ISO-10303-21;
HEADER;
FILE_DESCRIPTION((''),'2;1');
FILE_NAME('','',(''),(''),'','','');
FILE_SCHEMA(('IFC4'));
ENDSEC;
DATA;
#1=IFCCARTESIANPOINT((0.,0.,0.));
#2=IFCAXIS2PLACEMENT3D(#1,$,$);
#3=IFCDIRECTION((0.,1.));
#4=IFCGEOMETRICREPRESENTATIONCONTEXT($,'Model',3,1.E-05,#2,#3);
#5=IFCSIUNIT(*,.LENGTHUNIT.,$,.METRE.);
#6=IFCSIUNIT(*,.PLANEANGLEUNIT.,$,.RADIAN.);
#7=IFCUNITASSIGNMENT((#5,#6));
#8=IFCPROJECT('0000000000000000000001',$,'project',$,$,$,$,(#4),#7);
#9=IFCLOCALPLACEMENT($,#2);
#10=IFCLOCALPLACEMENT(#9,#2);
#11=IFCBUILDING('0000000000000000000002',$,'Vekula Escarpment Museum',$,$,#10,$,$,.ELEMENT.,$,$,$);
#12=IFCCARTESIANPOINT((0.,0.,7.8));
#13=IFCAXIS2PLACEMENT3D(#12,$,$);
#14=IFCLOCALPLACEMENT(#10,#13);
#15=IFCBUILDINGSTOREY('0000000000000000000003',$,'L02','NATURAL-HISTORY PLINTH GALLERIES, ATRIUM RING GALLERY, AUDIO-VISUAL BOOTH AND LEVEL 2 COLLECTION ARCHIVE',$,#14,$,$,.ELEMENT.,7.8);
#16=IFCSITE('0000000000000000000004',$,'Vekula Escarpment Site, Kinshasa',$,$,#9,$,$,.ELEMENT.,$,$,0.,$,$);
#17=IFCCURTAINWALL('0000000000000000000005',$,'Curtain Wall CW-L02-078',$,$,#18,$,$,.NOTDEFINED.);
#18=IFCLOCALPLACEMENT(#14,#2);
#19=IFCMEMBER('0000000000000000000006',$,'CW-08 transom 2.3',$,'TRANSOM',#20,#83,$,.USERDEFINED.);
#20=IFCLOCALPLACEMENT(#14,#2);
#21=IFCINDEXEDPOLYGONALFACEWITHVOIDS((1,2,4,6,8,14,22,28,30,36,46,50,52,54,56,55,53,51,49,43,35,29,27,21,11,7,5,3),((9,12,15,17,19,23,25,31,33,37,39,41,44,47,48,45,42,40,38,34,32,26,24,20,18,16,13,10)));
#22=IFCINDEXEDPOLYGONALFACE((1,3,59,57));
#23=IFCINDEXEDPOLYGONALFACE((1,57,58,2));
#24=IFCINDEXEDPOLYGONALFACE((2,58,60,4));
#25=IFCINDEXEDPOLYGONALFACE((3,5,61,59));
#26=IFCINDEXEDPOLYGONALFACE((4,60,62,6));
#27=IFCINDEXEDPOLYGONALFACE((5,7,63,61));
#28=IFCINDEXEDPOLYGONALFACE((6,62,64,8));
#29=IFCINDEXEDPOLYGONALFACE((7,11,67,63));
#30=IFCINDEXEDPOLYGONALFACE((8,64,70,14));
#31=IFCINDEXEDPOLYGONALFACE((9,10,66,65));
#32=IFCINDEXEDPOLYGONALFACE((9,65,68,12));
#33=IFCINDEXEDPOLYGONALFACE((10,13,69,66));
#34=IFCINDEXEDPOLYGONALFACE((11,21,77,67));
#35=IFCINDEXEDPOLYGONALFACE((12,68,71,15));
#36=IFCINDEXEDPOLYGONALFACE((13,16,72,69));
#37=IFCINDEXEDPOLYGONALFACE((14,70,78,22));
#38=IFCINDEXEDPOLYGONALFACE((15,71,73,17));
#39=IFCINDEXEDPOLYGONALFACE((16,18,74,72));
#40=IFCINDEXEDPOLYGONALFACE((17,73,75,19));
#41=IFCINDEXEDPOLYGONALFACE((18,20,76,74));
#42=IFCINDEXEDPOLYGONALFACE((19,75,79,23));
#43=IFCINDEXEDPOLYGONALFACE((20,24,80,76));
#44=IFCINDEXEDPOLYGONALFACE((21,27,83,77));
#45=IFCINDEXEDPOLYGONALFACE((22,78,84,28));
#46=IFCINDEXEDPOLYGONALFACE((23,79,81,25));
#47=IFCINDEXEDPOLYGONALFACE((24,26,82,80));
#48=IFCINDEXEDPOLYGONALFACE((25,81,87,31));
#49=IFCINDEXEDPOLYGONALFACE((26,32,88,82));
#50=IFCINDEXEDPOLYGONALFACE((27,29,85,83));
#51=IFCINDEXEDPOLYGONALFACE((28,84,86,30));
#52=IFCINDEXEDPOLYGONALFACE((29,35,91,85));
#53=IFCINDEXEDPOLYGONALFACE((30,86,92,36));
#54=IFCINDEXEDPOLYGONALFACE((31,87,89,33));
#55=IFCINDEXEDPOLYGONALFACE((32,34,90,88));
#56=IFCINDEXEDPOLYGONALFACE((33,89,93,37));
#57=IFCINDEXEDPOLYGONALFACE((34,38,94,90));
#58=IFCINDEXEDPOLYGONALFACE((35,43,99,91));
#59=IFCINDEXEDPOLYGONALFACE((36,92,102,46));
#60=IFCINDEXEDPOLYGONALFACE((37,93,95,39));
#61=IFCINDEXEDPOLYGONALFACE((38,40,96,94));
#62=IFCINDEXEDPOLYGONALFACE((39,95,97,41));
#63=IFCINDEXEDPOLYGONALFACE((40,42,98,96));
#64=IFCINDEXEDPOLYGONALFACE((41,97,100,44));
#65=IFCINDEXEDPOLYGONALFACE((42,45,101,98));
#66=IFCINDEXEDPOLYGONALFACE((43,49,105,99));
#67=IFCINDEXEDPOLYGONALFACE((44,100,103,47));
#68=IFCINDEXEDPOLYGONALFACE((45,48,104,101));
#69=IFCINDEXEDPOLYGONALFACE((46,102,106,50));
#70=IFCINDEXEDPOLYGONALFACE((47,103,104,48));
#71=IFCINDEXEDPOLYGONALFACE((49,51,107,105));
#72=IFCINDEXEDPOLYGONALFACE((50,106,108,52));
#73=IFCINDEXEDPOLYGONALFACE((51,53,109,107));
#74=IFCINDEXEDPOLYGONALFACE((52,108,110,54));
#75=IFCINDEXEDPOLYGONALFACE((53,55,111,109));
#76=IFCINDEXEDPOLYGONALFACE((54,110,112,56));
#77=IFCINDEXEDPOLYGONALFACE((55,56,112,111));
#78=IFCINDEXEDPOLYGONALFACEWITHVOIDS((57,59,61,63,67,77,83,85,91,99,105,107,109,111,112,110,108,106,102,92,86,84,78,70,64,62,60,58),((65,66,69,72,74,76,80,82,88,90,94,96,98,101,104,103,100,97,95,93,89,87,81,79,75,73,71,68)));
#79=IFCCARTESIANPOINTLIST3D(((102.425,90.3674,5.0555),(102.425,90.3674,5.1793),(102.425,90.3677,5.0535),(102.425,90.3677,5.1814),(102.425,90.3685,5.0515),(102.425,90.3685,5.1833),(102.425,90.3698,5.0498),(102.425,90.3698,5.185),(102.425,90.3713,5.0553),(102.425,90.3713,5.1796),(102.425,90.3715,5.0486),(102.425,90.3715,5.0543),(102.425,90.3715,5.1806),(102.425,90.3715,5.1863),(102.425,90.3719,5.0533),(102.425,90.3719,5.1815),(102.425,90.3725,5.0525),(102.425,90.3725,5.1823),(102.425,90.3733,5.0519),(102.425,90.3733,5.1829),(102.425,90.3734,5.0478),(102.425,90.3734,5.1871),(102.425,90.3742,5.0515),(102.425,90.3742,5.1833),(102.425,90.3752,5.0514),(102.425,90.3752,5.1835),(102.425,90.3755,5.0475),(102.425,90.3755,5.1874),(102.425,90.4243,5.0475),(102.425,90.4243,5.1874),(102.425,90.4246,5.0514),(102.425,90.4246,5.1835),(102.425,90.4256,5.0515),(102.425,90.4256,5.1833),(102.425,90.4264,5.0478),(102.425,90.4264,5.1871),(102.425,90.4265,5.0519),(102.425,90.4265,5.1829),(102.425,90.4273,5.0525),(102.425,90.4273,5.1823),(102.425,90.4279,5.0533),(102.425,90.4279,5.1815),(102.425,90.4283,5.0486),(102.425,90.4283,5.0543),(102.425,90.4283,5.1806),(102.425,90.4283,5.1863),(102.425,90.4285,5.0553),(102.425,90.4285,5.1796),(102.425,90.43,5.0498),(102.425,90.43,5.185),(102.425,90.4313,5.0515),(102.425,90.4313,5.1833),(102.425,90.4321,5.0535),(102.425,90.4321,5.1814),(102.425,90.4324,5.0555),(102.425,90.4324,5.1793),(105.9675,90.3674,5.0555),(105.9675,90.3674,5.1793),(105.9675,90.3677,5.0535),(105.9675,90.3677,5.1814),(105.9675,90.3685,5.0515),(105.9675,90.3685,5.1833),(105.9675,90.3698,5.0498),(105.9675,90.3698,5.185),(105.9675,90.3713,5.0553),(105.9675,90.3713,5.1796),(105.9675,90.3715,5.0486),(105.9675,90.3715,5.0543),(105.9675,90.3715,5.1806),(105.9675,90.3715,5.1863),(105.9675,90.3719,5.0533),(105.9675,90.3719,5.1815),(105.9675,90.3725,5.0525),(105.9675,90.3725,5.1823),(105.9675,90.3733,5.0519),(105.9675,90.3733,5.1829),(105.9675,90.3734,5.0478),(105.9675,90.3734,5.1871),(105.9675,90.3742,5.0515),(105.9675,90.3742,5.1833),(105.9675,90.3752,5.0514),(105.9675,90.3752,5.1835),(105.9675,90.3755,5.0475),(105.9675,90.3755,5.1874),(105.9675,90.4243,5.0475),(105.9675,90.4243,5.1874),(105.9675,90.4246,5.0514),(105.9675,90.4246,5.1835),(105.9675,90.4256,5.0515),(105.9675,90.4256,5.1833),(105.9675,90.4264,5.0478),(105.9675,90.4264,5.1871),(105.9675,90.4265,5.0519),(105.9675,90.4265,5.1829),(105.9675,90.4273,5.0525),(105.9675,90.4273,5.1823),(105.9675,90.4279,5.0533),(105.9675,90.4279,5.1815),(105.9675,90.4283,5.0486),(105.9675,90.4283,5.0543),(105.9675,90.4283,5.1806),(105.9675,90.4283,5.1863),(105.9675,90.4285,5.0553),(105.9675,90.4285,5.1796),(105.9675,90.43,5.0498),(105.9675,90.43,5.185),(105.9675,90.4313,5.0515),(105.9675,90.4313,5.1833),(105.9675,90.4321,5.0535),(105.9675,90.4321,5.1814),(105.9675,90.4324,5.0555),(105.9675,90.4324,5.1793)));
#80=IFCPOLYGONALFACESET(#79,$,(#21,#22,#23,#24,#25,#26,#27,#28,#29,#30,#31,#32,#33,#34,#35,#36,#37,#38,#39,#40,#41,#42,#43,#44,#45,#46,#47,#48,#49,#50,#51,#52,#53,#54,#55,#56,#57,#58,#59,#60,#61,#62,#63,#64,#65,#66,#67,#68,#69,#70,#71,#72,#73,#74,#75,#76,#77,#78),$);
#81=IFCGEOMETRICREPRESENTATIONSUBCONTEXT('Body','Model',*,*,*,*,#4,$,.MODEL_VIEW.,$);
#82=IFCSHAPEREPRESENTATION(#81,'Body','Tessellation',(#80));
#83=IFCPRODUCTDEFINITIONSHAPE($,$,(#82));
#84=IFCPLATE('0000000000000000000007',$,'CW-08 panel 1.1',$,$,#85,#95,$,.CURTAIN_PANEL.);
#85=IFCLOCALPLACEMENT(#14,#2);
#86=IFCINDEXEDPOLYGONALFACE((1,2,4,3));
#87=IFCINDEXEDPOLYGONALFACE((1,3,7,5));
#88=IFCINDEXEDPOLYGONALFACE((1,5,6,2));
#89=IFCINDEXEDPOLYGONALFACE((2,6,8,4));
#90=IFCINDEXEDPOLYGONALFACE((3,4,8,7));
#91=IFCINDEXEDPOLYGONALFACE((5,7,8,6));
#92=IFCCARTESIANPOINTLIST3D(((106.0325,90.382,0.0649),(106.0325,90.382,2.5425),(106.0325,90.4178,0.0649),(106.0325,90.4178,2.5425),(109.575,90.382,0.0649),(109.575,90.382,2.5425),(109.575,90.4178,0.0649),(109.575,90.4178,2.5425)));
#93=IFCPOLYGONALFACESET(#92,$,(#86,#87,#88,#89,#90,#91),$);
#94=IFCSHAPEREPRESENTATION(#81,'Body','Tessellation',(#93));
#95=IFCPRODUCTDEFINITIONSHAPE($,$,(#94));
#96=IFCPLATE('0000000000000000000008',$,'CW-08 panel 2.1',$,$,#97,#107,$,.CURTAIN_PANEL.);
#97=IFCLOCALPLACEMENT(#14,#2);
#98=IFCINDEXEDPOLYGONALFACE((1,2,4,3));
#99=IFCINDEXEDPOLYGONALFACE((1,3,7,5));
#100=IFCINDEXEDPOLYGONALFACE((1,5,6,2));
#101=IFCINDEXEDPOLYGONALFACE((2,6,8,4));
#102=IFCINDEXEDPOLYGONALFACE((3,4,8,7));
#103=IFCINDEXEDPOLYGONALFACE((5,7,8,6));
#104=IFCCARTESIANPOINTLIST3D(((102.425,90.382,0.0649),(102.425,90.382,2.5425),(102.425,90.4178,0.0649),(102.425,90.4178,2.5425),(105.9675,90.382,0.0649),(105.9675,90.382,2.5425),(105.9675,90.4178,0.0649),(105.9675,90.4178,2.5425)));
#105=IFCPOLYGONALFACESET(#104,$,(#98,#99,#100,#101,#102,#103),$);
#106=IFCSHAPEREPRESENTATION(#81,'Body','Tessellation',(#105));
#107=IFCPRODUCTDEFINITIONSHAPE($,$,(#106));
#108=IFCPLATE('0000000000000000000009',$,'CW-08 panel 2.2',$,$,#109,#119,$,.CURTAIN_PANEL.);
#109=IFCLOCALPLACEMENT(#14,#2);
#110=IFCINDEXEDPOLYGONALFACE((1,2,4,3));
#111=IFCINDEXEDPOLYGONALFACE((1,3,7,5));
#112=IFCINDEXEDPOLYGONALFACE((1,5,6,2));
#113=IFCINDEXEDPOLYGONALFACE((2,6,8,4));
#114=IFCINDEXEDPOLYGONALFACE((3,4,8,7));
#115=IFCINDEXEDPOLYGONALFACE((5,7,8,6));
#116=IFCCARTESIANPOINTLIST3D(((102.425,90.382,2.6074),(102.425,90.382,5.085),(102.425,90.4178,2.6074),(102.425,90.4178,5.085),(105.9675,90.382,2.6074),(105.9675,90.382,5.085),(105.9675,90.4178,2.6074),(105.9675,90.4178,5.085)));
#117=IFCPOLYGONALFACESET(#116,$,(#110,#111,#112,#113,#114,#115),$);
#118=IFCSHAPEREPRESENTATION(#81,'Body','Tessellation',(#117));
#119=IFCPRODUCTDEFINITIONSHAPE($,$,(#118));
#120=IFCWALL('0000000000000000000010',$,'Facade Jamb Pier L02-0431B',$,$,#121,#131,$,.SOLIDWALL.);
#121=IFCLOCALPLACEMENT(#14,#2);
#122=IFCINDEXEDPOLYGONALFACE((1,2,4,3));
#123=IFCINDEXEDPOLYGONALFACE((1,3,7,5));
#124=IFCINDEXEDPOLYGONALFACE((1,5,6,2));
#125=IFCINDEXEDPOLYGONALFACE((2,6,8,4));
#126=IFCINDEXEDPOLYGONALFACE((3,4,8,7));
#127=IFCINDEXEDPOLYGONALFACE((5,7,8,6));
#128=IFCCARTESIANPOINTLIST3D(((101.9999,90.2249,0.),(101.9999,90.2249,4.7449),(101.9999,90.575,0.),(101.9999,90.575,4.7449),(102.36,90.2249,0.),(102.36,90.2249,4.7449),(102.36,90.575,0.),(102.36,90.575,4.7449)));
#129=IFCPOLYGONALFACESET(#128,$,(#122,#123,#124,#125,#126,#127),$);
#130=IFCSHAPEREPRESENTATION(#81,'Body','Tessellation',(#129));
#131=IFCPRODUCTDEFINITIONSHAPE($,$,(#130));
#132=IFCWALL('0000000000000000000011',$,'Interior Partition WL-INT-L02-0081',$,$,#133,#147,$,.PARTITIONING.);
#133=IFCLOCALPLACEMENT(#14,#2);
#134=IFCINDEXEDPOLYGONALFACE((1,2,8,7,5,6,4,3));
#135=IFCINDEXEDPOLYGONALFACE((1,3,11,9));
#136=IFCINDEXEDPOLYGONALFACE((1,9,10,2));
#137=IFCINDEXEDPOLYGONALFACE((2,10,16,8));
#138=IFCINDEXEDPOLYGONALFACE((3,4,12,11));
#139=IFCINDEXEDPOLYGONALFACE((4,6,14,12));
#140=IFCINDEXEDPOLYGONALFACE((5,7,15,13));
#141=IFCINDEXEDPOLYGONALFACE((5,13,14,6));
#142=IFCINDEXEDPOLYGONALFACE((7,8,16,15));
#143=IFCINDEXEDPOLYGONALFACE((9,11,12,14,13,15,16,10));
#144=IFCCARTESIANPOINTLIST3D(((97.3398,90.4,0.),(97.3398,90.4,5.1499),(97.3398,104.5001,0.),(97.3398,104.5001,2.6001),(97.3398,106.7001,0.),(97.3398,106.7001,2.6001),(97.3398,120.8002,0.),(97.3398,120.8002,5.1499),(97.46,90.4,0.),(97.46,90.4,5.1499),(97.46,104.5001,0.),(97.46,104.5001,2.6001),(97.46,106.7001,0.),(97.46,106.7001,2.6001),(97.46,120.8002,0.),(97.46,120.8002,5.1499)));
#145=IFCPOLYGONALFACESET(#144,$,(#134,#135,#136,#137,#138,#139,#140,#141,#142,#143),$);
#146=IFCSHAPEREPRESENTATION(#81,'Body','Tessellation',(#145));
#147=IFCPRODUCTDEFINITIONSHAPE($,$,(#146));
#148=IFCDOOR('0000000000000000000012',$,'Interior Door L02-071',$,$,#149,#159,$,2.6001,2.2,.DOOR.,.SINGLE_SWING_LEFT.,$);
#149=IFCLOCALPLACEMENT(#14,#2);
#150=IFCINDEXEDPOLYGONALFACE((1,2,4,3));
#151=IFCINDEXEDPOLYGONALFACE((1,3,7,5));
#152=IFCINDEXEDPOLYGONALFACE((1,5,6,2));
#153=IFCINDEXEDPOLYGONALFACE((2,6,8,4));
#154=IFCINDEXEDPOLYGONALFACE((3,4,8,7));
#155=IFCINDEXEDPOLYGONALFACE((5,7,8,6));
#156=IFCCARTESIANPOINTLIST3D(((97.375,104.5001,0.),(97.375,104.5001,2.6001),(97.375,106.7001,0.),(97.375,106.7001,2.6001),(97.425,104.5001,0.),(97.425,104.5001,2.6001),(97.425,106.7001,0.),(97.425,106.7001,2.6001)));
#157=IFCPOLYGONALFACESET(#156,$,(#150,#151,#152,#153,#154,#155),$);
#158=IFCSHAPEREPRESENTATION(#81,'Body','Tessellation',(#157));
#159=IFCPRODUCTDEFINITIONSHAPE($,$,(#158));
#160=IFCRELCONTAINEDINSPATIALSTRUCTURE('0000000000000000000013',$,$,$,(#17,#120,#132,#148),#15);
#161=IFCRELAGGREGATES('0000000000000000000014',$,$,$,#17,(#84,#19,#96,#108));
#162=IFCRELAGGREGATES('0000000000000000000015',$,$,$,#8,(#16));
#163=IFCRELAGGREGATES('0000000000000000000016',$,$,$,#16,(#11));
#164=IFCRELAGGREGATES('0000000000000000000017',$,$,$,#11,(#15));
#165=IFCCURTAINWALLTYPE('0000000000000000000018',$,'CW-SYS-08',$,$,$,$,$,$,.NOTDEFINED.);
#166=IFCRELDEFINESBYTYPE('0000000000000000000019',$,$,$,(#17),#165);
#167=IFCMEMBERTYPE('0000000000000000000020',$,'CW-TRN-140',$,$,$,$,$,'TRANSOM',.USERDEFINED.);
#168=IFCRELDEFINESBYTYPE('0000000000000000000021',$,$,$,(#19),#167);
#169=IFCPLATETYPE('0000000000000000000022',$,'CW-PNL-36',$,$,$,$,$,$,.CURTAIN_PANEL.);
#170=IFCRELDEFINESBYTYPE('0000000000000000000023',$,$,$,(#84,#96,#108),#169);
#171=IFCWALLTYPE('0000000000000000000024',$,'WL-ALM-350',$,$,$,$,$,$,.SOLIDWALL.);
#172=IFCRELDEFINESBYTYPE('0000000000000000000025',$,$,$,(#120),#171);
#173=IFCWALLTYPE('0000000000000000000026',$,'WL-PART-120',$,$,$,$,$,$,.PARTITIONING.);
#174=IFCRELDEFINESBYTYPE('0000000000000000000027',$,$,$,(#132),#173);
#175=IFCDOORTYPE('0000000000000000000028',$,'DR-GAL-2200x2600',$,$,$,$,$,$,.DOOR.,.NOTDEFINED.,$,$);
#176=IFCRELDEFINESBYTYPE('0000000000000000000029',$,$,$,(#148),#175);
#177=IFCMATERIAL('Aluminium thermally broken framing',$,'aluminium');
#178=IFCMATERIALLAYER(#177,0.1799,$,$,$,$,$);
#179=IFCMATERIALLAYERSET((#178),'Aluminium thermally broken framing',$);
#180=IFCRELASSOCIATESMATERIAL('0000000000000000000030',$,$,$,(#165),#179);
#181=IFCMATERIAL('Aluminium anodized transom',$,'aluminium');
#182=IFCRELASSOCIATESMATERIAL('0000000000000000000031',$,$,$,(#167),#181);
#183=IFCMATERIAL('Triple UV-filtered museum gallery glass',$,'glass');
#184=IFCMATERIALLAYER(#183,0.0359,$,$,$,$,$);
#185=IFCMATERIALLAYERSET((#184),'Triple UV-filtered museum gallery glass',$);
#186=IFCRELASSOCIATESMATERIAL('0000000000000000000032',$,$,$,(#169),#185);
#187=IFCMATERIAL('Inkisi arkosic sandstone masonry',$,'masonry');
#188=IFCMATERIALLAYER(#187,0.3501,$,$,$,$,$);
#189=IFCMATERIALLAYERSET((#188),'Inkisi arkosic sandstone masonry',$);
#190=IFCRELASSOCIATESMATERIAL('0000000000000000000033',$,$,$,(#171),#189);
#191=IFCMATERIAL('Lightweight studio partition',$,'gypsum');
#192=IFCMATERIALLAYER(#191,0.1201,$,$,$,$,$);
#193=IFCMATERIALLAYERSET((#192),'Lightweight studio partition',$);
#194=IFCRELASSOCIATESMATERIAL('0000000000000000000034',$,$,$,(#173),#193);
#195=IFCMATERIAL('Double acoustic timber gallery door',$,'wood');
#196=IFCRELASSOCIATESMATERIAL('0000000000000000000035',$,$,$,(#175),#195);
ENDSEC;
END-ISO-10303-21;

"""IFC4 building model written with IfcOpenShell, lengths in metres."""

from ifc_helpers import new_model, si_unit, direction, frame, frame_2d, origin, origin_2d, place, context, subcontext, project, spatial, rectangle, hollow_rectangle, extrude, material, layer, layer_set, material_profile, profile_set, type_object, element, fill, aggregate, save


model = new_model("IFC4")

# Units and contexts
model_context = context("Model", 3, precision=1e-05, world=origin(), true_north=direction((0.0, 1.0)))
body_context = subcontext(model_context, "Body", "Model", "MODEL_VIEW")
ifc_project = project(units=[si_unit("LENGTHUNIT", "METRE"), si_unit("PLANEANGLEUNIT", "RADIAN")], contexts=[model_context])

# Site, building, storey
site_placement = place(None, origin())
site = spatial("IfcSite", under=ifc_project, at=site_placement, Name="Vekula Escarpment Site, Kinshasa", CompositionType="ELEMENT", RefElevation=0.0)
building_placement = place(site_placement, origin())
building = spatial("IfcBuilding", under=site, at=building_placement, Name="Vekula Escarpment Museum", CompositionType="ELEMENT")
storey_placement = place(building_placement, frame((0.0, 0.0, 7.8)))
storey = spatial("IfcBuildingStorey", under=building, at=storey_placement, Name="L02", Description="NATURAL-HISTORY PLINTH GALLERIES, ATRIUM RING GALLERY, AUDIO-VISUAL BOOTH AND LEVEL 2 COLLECTION ARCHIVE", CompositionType="ELEMENT", Elevation=7.8)

# Curtain wall, member, plates
ifc_material_1 = material(Name="Aluminium thermally broken framing", Category="aluminium")
ifc_layer_1 = layer(ifc_material_1, 0.1799)
ifc_layer_set_1 = layer_set([ifc_layer_1], Name="Aluminium thermally broken framing")
curtain_wall_type = type_object("IfcCurtainWallType", Name="CW-SYS-08", PredefinedType="NOTDEFINED", material=ifc_layer_set_1)
curtain_wall_placement = place(storey_placement, origin())
curtain_wall = element("IfcCurtainWall", 1, at=curtain_wall_placement, inside=storey, type_object=curtain_wall_type, Name="Curtain Wall CW-L02-078", PredefinedType="NOTDEFINED")
ifc_material_2 = material(Name="Aluminium anodized transom", Category="aluminium")
ifc_material_profile_1 = material_profile(ifc_material_2, hollow_rectangle(XDim=0.0649, YDim=0.1399, WallThickness=0.0039, InnerFilletRadius=0.0039, OuterFilletRadius=0.0081, at=origin_2d()), Name="ALU 140x65x4")
ifc_profile_set_1 = profile_set([ifc_material_profile_1], Name="Aluminium anodized transom")
member_type_1 = type_object("IfcMemberType", Name="CW-TRN-140", ElementType="TRANSOM", PredefinedType="USERDEFINED", material=ifc_profile_set_1)
member_1_placement = place(storey_placement, frame((105.9675, 90.3999, 5.1174), z_axis=(-1.0, 0.0, 0.0), x_axis=(0.0, -1.0, 0.0)))
member_1 = element("IfcMember", 2, at=member_1_placement, type_object=member_type_1, Name="CW-08 transom 2.3", ObjectType="TRANSOM", PredefinedType="USERDEFINED", context=body_context, shape_type="SweptSolid", body=[
    extrude(hollow_rectangle(XDim=0.0649, YDim=0.1399, WallThickness=0.0039, InnerFilletRadius=0.0039, OuterFilletRadius=0.0081, at=origin_2d()), origin(), (0.0, 0.0, 1.0), 3.5425),
])
ifc_material_3 = material(Name="Triple UV-filtered museum gallery glass", Category="glass")
ifc_layer_2 = layer(ifc_material_3, 0.0359)
ifc_layer_set_2 = layer_set([ifc_layer_2], Name="Triple UV-filtered museum gallery glass")
plate_type = type_object("IfcPlateType", Name="CW-PNL-36", PredefinedType="CURTAIN_PANEL", material=ifc_layer_set_2)
plate_1_placement = place(storey_placement, frame((107.8037, 90.3999, 0.0649), z_axis=(0.0, 0.0, 1.0), x_axis=(-1.0, 0.0, 0.0)))
plate_1 = element("IfcPlate", 3, at=plate_1_placement, type_object=plate_type, Name="CW-08 panel 1.1", PredefinedType="CURTAIN_PANEL", context=body_context, shape_type="SweptSolid", body=[
    extrude(rectangle(XDim=3.5425, YDim=0.0359, at=origin_2d()), origin(), (0.0, 0.0, 1.0), 2.4775),
])
plate_2_placement = place(storey_placement, frame((104.1963, 90.3999, 0.0649), z_axis=(0.0, 0.0, 1.0), x_axis=(-1.0, 0.0, 0.0)))
plate_2 = element("IfcPlate", 4, at=plate_2_placement, type_object=plate_type, Name="CW-08 panel 2.1", PredefinedType="CURTAIN_PANEL", context=body_context, shape_type="SweptSolid", body=[
    extrude(rectangle(XDim=3.5425, YDim=0.0359, at=origin_2d()), origin(), (0.0, 0.0, 1.0), 2.4775),
])
plate_3_placement = place(storey_placement, frame((104.1963, 90.3999, 2.6074), z_axis=(0.0, 0.0, 1.0), x_axis=(-1.0, 0.0, 0.0)))
plate_3 = element("IfcPlate", 5, at=plate_3_placement, type_object=plate_type, Name="CW-08 panel 2.2", PredefinedType="CURTAIN_PANEL", context=body_context, shape_type="SweptSolid", body=[
    extrude(rectangle(XDim=3.5425, YDim=0.0359, at=origin_2d()), origin(), (0.0, 0.0, 1.0), 2.4775),
])
aggregate(curtain_wall, [plate_1, member_1, plate_2, plate_3])

# Wall
ifc_material_4 = material(Name="Inkisi arkosic sandstone masonry", Category="masonry")
ifc_layer_3 = layer(ifc_material_4, 0.3501)
ifc_layer_set_3 = layer_set([ifc_layer_3], Name="Inkisi arkosic sandstone masonry")
wall_type_1 = type_object("IfcWallType", Name="WL-ALM-350", PredefinedType="SOLIDWALL", material=ifc_layer_set_3)
wall_1_placement = place(storey_placement, frame((102.3601, 90.3999, 0.0), z_axis=(0.0, 0.0, 1.0), x_axis=(-1.0, 0.0, 0.0)))
element("IfcWall", 6, at=wall_1_placement, inside=storey, type_object=wall_type_1, Name="Facade Jamb Pier L02-0431B", PredefinedType="SOLIDWALL", context=body_context, shape_type="SweptSolid", body=[
    extrude(rectangle(XDim=0.3601, YDim=0.3501, at=frame_2d((0.1802, 0.0))), origin(), (0.0, 0.0, 1.0), 4.7449),
])

# Wall, opening, door
ifc_material_5 = material(Name="Lightweight studio partition", Category="gypsum")
ifc_layer_4 = layer(ifc_material_5, 0.1201)
ifc_layer_set_4 = layer_set([ifc_layer_4], Name="Lightweight studio partition")
wall_type_2 = type_object("IfcWallType", Name="WL-PART-120", PredefinedType="PARTITIONING", material=ifc_layer_set_4)
wall_2_placement = place(storey_placement, frame((97.3999, 90.3999, 0.0), z_axis=(0.0, 0.0, 1.0), x_axis=(0.0, 1.0, 0.0)))
wall_2 = element("IfcWall", 7, at=wall_2_placement, inside=storey, type_object=wall_type_2, Name="Interior Partition WL-INT-L02-0081", PredefinedType="PARTITIONING", context=body_context, shape_type="SweptSolid", body=[
    extrude(rectangle(XDim=30.4001, YDim=0.1201, at=frame_2d((15.2002, 0.0))), origin(), (0.0, 0.0, 1.0), 5.1499),
])
opening_1_placement = place(wall_2_placement, frame((14.1001, 0.0, 0.0)))
opening_1 = element("IfcOpeningElement", 8, at=opening_1_placement, cuts=wall_2, PredefinedType="OPENING", context=body_context, shape_type="SweptSolid", body=[
    extrude(rectangle(XDim=2.2, YDim=2.6001, at=frame_2d((1.1001, 1.3))), frame((0.0, 0.0701, 0.0), z_axis=(0.0, -1.0, 0.0), x_axis=(1.0, 0.0, 0.0)), (0.0, 0.0, 1.0), 0.1401),
])
ifc_material_6 = material(Name="Double acoustic timber gallery door", Category="wood")
door_type_1 = type_object("IfcDoorType", Name="DR-GAL-2200x2600", OperationType="NOTDEFINED", PredefinedType="DOOR", material=ifc_material_6)
door_1_placement = place(opening_1_placement, origin())
door_1 = element("IfcDoor", 9, at=door_1_placement, inside=storey, type_object=door_type_1, Name="Interior Door L02-071", OperationType="SINGLE_SWING_LEFT", OverallHeight=2.6001, OverallWidth=2.2, PredefinedType="DOOR", context=body_context, shape_type="SweptSolid", body=[
    extrude(rectangle(XDim=2.2, YDim=2.6001, at=frame_2d((1.1001, 1.3))), frame((0.0, 0.0249, 0.0), z_axis=(0.0, -1.0, 0.0), x_axis=(1.0, 0.0, 0.0)), (0.0, 0.0, 1.0), 0.05),
])
fill(opening_1, door_1)

save(model, "model.ifc")
